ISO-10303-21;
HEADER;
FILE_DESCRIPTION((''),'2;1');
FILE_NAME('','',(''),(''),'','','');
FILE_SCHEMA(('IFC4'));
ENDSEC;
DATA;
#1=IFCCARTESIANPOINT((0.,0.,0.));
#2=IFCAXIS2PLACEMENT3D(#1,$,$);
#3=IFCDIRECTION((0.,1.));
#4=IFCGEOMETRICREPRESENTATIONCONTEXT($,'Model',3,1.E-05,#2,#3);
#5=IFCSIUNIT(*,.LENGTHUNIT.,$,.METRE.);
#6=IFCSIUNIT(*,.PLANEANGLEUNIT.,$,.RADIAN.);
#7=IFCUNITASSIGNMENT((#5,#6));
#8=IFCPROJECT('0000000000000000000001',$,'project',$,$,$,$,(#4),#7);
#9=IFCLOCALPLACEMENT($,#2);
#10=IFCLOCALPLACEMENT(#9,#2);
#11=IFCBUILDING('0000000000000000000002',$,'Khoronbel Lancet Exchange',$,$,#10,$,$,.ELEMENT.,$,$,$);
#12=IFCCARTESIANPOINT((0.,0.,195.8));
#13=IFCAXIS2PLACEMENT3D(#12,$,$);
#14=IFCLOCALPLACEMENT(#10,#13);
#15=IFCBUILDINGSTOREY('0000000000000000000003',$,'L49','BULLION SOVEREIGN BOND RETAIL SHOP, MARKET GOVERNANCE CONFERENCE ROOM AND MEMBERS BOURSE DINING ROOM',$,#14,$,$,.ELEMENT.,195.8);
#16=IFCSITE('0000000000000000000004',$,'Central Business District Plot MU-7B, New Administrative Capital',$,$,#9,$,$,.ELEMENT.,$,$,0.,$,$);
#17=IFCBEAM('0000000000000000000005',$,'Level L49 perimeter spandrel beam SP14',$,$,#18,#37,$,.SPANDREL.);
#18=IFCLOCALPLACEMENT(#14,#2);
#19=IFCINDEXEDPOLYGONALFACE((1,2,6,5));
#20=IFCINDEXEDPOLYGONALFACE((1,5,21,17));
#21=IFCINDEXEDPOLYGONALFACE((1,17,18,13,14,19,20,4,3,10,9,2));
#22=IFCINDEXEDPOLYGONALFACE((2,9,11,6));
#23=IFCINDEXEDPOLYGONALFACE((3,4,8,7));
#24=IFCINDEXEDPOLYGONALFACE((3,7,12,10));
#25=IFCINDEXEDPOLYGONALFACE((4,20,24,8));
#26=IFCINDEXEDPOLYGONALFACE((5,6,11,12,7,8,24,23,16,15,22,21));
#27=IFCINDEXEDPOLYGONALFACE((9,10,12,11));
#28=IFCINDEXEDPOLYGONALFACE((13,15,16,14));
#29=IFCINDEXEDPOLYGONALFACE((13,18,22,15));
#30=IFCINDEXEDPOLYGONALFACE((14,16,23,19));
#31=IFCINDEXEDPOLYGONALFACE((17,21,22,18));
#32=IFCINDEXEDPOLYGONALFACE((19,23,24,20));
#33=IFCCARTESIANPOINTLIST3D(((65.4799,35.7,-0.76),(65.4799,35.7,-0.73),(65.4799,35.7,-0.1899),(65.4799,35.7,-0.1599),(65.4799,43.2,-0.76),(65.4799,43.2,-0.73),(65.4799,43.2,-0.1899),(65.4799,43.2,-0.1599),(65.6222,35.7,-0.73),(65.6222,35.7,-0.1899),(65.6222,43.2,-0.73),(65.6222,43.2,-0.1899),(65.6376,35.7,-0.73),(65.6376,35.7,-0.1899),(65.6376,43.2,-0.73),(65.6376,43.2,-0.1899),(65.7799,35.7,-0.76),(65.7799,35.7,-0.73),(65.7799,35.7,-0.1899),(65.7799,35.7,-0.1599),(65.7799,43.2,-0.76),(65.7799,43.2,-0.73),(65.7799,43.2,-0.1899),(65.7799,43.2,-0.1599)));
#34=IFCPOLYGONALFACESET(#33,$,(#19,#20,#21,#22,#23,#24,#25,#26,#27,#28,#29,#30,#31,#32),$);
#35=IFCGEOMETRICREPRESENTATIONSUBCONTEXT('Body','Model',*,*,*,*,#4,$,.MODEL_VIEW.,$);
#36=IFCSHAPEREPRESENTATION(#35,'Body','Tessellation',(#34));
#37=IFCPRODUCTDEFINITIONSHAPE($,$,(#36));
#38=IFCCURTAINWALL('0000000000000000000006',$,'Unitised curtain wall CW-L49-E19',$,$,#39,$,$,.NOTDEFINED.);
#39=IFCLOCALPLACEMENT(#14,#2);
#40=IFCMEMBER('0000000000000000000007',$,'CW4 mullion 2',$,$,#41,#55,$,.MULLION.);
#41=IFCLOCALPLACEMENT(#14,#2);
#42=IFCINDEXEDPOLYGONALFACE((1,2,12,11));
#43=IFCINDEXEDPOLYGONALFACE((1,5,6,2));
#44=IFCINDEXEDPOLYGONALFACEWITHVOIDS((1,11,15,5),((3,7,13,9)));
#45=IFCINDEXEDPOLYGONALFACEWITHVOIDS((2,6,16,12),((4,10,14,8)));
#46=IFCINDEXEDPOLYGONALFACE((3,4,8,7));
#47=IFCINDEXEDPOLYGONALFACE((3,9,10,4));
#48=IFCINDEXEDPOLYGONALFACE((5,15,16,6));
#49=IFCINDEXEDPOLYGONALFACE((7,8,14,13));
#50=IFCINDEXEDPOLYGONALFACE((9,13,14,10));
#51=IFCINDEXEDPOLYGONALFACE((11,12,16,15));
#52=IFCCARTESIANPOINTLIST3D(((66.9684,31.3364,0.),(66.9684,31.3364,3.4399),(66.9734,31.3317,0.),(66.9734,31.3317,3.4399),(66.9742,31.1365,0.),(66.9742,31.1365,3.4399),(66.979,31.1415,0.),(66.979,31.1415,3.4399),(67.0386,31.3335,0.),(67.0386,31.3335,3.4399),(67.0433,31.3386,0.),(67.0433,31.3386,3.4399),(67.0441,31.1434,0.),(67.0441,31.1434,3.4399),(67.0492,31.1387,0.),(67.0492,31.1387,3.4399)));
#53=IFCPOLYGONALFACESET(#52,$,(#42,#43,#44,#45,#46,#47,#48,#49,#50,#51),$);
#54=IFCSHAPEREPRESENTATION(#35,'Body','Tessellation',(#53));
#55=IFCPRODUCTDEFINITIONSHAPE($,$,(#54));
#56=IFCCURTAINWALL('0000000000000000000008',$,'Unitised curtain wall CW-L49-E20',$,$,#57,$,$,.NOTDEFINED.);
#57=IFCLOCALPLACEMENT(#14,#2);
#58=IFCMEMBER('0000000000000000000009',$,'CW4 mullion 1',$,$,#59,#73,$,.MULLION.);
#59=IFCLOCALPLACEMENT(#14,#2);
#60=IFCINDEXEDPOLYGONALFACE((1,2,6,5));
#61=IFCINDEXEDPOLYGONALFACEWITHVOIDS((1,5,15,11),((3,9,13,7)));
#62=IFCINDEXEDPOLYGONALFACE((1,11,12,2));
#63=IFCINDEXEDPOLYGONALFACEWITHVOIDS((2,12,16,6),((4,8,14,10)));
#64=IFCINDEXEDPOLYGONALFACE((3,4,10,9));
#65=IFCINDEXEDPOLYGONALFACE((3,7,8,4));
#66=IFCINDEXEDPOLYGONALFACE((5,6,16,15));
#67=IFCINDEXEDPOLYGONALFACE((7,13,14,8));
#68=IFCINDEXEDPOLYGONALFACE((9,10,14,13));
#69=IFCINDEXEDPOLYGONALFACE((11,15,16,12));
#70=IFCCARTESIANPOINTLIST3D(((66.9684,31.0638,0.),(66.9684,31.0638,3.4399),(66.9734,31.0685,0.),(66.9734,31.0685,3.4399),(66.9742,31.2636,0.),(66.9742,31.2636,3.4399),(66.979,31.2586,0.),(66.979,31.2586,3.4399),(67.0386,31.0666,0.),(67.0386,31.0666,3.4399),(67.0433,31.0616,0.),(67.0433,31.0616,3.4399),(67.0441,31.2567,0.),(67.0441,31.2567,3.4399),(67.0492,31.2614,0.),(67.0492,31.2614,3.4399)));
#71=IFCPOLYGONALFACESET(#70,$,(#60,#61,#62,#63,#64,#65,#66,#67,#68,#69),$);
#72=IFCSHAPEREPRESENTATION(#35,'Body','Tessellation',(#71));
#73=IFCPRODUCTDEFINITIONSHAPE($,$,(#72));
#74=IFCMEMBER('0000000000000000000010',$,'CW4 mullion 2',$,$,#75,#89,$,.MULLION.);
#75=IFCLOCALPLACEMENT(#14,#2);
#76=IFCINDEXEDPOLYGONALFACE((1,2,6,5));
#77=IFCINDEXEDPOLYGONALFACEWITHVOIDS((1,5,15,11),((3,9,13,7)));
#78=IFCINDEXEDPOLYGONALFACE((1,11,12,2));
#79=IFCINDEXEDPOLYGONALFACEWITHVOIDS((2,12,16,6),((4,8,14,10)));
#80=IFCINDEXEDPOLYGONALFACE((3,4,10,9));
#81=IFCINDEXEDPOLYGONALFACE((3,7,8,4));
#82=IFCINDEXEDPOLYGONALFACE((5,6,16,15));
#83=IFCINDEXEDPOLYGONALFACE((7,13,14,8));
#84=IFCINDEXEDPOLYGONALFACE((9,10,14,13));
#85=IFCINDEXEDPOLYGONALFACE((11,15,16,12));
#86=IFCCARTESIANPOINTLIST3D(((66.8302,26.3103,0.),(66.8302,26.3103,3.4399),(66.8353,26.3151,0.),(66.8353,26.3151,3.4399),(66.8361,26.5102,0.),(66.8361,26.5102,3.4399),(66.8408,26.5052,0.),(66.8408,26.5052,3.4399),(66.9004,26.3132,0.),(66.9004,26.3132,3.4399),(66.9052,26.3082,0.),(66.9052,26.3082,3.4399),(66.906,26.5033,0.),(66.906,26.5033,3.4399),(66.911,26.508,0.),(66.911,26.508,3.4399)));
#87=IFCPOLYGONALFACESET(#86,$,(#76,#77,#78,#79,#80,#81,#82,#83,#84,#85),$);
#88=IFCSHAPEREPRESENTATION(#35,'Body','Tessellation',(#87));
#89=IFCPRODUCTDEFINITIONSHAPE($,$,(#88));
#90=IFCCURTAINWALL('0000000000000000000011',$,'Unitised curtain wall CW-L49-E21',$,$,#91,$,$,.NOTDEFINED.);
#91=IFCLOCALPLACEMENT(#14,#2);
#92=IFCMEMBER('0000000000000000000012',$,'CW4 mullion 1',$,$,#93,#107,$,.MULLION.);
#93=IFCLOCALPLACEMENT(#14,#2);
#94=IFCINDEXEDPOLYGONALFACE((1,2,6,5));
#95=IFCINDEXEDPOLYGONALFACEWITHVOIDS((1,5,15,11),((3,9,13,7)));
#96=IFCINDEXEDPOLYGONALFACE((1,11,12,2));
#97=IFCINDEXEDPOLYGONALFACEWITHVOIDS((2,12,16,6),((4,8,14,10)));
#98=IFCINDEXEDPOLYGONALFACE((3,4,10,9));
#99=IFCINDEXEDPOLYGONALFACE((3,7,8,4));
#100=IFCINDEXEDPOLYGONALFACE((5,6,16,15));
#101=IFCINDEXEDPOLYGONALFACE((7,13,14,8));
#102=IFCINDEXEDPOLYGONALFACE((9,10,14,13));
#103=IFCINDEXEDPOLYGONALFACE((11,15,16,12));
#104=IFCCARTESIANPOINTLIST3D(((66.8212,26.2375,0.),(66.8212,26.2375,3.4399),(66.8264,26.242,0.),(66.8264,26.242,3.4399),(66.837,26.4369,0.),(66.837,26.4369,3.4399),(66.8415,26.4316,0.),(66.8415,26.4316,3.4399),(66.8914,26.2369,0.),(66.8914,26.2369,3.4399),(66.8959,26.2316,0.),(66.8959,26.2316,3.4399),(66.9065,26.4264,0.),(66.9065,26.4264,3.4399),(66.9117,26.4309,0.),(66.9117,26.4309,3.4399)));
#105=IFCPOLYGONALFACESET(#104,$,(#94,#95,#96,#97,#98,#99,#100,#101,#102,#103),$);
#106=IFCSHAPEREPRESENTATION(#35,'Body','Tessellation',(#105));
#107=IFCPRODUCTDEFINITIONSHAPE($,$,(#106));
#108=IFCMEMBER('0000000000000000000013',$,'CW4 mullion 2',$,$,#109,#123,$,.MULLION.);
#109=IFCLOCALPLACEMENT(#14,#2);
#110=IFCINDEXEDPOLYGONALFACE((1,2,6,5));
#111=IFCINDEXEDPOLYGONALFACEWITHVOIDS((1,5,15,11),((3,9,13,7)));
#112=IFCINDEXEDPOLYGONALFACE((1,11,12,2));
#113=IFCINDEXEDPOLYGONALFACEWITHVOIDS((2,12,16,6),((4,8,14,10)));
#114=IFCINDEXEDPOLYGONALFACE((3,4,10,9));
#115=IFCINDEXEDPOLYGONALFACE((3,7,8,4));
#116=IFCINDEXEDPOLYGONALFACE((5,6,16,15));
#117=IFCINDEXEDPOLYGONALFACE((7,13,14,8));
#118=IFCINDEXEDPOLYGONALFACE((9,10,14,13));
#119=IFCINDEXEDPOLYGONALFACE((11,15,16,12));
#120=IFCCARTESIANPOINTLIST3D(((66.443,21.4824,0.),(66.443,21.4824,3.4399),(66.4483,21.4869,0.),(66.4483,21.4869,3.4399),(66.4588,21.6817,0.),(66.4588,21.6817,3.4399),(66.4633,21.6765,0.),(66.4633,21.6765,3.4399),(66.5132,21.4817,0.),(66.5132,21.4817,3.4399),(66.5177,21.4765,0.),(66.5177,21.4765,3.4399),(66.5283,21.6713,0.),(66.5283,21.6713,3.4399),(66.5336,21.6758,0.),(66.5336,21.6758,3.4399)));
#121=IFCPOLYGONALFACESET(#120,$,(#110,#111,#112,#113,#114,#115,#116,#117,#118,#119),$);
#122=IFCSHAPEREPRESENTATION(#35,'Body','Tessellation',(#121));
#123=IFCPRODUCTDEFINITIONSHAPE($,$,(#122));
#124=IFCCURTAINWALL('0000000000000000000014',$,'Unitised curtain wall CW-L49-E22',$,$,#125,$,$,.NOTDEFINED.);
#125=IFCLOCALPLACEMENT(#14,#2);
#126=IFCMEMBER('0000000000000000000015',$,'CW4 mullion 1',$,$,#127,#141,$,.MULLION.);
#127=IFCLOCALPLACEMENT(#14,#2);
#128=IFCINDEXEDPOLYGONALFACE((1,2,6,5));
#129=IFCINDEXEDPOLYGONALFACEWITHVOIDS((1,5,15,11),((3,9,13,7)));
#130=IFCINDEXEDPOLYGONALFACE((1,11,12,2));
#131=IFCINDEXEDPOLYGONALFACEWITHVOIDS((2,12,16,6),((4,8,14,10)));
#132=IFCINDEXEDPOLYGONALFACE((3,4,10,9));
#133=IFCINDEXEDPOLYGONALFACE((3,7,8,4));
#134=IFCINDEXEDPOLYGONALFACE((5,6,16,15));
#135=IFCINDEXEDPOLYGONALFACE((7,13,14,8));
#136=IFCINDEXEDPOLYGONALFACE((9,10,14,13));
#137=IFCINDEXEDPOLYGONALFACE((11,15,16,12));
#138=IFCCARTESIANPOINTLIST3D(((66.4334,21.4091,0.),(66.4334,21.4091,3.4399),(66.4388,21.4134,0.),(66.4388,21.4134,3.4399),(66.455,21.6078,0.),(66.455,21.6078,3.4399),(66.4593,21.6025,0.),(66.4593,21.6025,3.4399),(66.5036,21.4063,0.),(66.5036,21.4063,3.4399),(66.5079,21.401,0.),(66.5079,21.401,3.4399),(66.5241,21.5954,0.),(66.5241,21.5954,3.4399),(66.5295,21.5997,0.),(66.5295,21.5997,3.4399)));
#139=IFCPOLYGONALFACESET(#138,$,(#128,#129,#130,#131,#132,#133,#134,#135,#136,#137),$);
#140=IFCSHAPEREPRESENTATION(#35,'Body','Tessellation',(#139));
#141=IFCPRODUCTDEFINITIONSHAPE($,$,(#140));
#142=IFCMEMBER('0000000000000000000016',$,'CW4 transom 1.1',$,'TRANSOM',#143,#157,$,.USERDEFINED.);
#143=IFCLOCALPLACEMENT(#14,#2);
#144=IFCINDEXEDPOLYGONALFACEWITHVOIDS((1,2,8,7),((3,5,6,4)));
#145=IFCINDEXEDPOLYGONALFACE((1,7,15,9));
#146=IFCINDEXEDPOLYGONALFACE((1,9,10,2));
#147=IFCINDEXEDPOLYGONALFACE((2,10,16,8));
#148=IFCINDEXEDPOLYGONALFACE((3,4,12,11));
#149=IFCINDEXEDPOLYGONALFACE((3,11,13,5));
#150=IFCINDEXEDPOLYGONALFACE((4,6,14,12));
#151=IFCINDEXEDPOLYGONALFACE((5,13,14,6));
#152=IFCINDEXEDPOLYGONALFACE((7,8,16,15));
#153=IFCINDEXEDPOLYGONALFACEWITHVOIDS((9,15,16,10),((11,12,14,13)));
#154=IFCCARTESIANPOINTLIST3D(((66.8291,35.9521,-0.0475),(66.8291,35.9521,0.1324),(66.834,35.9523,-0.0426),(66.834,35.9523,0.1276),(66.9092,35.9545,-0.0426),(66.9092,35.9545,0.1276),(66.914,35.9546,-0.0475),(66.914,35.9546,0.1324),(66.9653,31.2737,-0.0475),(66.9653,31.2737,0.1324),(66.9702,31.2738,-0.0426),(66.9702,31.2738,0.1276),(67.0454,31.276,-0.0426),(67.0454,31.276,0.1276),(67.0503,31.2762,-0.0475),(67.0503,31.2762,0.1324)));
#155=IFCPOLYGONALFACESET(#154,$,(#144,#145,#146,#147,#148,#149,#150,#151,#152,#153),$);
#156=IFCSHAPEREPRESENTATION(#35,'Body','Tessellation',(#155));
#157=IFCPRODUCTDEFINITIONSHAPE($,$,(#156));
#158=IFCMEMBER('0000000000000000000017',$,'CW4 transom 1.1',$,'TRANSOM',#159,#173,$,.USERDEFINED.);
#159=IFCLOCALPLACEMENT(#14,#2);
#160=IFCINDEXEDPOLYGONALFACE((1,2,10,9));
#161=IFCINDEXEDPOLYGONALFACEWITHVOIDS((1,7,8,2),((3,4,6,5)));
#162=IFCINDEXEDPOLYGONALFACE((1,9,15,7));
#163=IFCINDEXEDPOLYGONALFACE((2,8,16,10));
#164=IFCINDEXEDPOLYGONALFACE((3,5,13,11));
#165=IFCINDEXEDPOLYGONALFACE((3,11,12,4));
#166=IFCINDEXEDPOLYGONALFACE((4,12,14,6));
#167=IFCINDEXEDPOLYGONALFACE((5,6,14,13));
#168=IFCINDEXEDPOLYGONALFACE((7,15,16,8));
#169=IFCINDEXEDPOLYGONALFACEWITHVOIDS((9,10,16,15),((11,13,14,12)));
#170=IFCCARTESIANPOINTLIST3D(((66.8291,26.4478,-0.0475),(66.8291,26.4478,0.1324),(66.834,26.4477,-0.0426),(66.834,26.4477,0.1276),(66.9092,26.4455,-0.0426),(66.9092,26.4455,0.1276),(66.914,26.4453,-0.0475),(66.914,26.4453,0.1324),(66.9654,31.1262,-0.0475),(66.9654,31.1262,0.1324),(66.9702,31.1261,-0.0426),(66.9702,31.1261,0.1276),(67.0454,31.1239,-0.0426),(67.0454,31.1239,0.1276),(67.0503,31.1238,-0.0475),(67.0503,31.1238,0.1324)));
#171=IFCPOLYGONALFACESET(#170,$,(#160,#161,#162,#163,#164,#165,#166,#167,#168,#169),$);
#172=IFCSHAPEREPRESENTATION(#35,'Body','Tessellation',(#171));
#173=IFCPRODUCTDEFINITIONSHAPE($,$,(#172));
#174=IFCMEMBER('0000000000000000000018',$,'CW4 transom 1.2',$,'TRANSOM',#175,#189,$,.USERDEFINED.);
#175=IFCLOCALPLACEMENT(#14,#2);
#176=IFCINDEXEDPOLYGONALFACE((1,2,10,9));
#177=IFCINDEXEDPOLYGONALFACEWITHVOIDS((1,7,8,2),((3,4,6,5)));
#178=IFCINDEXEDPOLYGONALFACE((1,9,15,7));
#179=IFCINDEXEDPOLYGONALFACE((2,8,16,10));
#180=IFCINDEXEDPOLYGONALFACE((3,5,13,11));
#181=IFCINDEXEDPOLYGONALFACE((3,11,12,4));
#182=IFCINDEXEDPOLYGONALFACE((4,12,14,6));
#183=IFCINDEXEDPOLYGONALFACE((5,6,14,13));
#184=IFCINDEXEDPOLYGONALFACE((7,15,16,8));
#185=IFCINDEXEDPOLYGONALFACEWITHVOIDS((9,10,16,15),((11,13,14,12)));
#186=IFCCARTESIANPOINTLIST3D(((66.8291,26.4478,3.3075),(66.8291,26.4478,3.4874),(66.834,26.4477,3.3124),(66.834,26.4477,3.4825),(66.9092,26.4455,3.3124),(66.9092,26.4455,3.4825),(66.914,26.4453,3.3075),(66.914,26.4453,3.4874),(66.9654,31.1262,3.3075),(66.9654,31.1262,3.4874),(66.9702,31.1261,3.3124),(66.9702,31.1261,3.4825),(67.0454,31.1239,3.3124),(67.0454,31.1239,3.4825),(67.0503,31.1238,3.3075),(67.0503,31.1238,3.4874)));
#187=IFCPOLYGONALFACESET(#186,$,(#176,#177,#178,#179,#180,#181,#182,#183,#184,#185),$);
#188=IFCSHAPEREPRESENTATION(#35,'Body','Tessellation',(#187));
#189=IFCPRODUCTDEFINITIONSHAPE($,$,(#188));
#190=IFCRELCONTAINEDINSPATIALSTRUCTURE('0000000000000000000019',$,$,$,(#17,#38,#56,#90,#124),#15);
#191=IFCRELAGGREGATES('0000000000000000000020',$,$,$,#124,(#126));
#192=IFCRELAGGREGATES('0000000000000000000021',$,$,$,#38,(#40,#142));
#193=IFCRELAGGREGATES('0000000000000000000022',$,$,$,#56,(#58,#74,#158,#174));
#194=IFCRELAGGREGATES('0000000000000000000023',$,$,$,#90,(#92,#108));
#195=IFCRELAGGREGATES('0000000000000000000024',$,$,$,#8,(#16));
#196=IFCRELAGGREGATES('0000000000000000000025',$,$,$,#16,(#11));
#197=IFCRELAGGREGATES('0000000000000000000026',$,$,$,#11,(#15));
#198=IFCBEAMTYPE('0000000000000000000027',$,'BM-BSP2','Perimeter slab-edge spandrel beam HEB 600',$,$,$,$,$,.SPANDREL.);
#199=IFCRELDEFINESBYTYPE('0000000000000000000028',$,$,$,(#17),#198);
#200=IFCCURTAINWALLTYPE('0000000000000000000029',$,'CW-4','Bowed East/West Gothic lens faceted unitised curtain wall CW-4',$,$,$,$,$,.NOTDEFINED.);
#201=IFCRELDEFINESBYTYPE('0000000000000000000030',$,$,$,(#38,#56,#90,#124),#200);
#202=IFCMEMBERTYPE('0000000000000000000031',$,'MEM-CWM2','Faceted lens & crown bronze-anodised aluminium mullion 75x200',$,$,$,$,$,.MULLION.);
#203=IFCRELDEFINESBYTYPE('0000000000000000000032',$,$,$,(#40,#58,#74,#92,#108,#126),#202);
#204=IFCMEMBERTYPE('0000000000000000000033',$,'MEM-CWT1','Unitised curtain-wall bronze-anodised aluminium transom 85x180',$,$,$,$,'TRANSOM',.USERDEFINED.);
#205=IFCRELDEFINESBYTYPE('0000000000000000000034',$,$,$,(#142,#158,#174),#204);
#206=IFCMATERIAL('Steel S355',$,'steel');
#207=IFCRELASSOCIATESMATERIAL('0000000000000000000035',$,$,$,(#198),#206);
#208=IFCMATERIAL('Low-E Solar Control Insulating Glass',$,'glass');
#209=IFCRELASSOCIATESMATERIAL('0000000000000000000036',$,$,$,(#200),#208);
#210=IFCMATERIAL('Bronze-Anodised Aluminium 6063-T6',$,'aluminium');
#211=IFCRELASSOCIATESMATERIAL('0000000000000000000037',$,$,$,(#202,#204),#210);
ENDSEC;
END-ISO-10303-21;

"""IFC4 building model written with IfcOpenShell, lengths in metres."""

from ifc_helpers import new_model, si_unit, direction, frame, origin, origin_2d, place, context, subcontext, project, spatial, hollow_rectangle, i_section, extrude, material, material_profile, profile_set, type_object, element, aggregate, save


model = new_model("IFC4")

# Units and contexts
model_context = context("Model", 3, precision=1e-05, world=origin(), true_north=direction((0.0, 1.0)))
body_context = subcontext(model_context, "Body", "Model", "MODEL_VIEW")
ifc_project = project(units=[si_unit("LENGTHUNIT", "METRE"), si_unit("PLANEANGLEUNIT", "RADIAN")], contexts=[model_context])

# Site, building, storey
site_placement = place(None, origin())
site = spatial("IfcSite", under=ifc_project, at=site_placement, Name="Central Business District Plot MU-7B, New Administrative Capital", CompositionType="ELEMENT", RefElevation=0.0)
building_placement = place(site_placement, origin())
building = spatial("IfcBuilding", under=site, at=building_placement, Name="Khoronbel Lancet Exchange", CompositionType="ELEMENT")
storey_placement = place(building_placement, frame((0.0, 0.0, 195.8)))
storey = spatial("IfcBuildingStorey", under=building, at=storey_placement, Name="L49", Description="BULLION SOVEREIGN BOND RETAIL SHOP, MARKET GOVERNANCE CONFERENCE ROOM AND MEMBERS BOURSE DINING ROOM", CompositionType="ELEMENT", Elevation=195.8)

# Shared definitions
ifc_material_1 = material(Name="Steel S355", Category="steel")

# Beam
ifc_material_profile_1 = material_profile(ifc_material_1, i_section(OverallWidth=0.3, OverallDepth=0.6001, WebThickness=0.0154, FlangeThickness=0.03, at=origin_2d()), Name="HEB 600")
ifc_profile_set_1 = profile_set([ifc_material_profile_1], Name="Steel S355")
beam_type_1 = type_object("IfcBeamType", Name="BM-BSP2", Description="Perimeter slab-edge spandrel beam HEB 600", PredefinedType="SPANDREL", material=ifc_profile_set_1)
beam_1_placement = place(storey_placement, frame((65.6299, 35.7, -0.46), z_axis=(0.0, 1.0, 0.0), x_axis=(-1.0, 0.0, 0.0)))
element("IfcBeam", 1, at=beam_1_placement, inside=storey, type_object=beam_type_1, Name="Level L49 perimeter spandrel beam SP14", PredefinedType="SPANDREL", context=body_context, shape_type="SweptSolid", body=[
    extrude(i_section(OverallWidth=0.3, OverallDepth=0.6001, WebThickness=0.0154, FlangeThickness=0.03, at=origin_2d()), origin(), (0.0, 0.0, 1.0), 7.5),
])

# Curtain wall, member
ifc_material_2 = material(Name="Low-E Solar Control Insulating Glass", Category="glass")
curtain_wall_type = type_object("IfcCurtainWallType", Name="CW-4", Description="Bowed East/West Gothic lens faceted unitised curtain wall CW-4", PredefinedType="NOTDEFINED", material=ifc_material_2)
curtain_wall_1_placement = place(storey_placement, origin())
curtain_wall_1 = element("IfcCurtainWall", 2, at=curtain_wall_1_placement, inside=storey, type_object=curtain_wall_type, Name="Unitised curtain wall CW-L49-E19", PredefinedType="NOTDEFINED")
ifc_material_3 = material(Name="Bronze-Anodised Aluminium 6063-T6", Category="aluminium")
ifc_material_profile_2 = material_profile(ifc_material_3, hollow_rectangle(XDim=0.075, YDim=0.2, WallThickness=0.0049, at=origin_2d()), Name="ALU MULLION 75x200")
ifc_profile_set_2 = profile_set([ifc_material_profile_2], Name="Bronze-Anodised Aluminium 6063-T6")
member_type_1 = type_object("IfcMemberType", Name="MEM-CWM2", Description="Faceted lens & crown bronze-anodised aluminium mullion 75x200", PredefinedType="MULLION", material=ifc_profile_set_2)
member_1_placement = place(storey_placement, frame((67.0088, 31.2375, 0.0), z_axis=(0.0, 0.0, 1.0), x_axis=(0.999576, 0.029107, 0.0)))
member_1 = element("IfcMember", 3, at=member_1_placement, type_object=member_type_1, Name="CW4 mullion 2", PredefinedType="MULLION", context=body_context, shape_type="SweptSolid", body=[
    extrude(hollow_rectangle(XDim=0.075, YDim=0.2, WallThickness=0.0049, at=origin_2d()), origin(), (0.0, 0.0, 1.0), 3.4399),
])

# Curtain walls, members
curtain_wall_2_placement = place(storey_placement, origin())
curtain_wall_2 = element("IfcCurtainWall", 4, at=curtain_wall_2_placement, inside=storey, type_object=curtain_wall_type, Name="Unitised curtain wall CW-L49-E20", PredefinedType="NOTDEFINED")
member_2_placement = place(storey_placement, frame((67.0088, 31.1626, 0.0), z_axis=(0.0, 0.0, 1.0), x_axis=(0.999576, -0.029107, 0.0)))
member_2 = element("IfcMember", 5, at=member_2_placement, type_object=member_type_1, Name="CW4 mullion 1", PredefinedType="MULLION", context=body_context, shape_type="SweptSolid", body=[
    extrude(hollow_rectangle(XDim=0.075, YDim=0.2, WallThickness=0.0049, at=origin_2d()), origin(), (0.0, 0.0, 1.0), 3.4399),
])
member_3_placement = place(storey_placement, frame((66.8706, 26.4092, 0.0), z_axis=(0.0, 0.0, 1.0), x_axis=(0.999576, -0.029107, 0.0)))
member_3 = element("IfcMember", 6, at=member_3_placement, type_object=member_type_1, Name="CW4 mullion 2", PredefinedType="MULLION", context=body_context, shape_type="SweptSolid", body=[
    extrude(hollow_rectangle(XDim=0.075, YDim=0.2, WallThickness=0.0049, at=origin_2d()), origin(), (0.0, 0.0, 1.0), 3.4399),
])
curtain_wall_3_placement = place(storey_placement, origin())
curtain_wall_3 = element("IfcCurtainWall", 7, at=curtain_wall_3_placement, inside=storey, type_object=curtain_wall_type, Name="Unitised curtain wall CW-L49-E21", PredefinedType="NOTDEFINED")
member_4_placement = place(storey_placement, frame((66.8665, 26.3342, 0.0), z_axis=(0.0, 0.0, 1.0), x_axis=(0.996854, -0.079255, 0.0)))
member_4 = element("IfcMember", 8, at=member_4_placement, type_object=member_type_1, Name="CW4 mullion 1", PredefinedType="MULLION", context=body_context, shape_type="SweptSolid", body=[
    extrude(hollow_rectangle(XDim=0.075, YDim=0.2, WallThickness=0.0049, at=origin_2d()), origin(), (0.0, 0.0, 1.0), 3.4399),
])
member_5_placement = place(storey_placement, frame((66.4883, 21.5791, 0.0), z_axis=(0.0, 0.0, 1.0), x_axis=(0.996854, -0.079255, 0.0)))
member_5 = element("IfcMember", 9, at=member_5_placement, type_object=member_type_1, Name="CW4 mullion 2", PredefinedType="MULLION", context=body_context, shape_type="SweptSolid", body=[
    extrude(hollow_rectangle(XDim=0.075, YDim=0.2, WallThickness=0.0049, at=origin_2d()), origin(), (0.0, 0.0, 1.0), 3.4399),
])

# Curtain wall, member
curtain_wall_4_placement = place(storey_placement, origin())
curtain_wall_4 = element("IfcCurtainWall", 10, at=curtain_wall_4_placement, inside=storey, type_object=curtain_wall_type, Name="Unitised curtain wall CW-L49-E22", PredefinedType="NOTDEFINED")
member_6_placement = place(storey_placement, frame((66.4814, 21.5044, 0.0), z_axis=(0.0, 0.0, 1.0), x_axis=(0.994152, -0.10799, 0.0)))
member_6 = element("IfcMember", 11, at=member_6_placement, type_object=member_type_1, Name="CW4 mullion 1", PredefinedType="MULLION", context=body_context, shape_type="SweptSolid", body=[
    extrude(hollow_rectangle(XDim=0.075, YDim=0.2, WallThickness=0.0049, at=origin_2d()), origin(), (0.0, 0.0, 1.0), 3.4399),
])
aggregate(curtain_wall_4, [member_6])

# Members
ifc_material_profile_3 = material_profile(ifc_material_3, hollow_rectangle(XDim=0.085, YDim=0.1799, WallThickness=0.0049, at=origin_2d()), Name="ALU TRANSOM 85x180")
ifc_profile_set_3 = profile_set([ifc_material_profile_3], Name="Bronze-Anodised Aluminium 6063-T6")
member_type_2 = type_object("IfcMemberType", Name="MEM-CWT1", Description="Unitised curtain-wall bronze-anodised aluminium transom 85x180", ElementType="TRANSOM", PredefinedType="USERDEFINED", material=ifc_profile_set_3)
member_7_placement = place(storey_placement, frame((66.8716, 35.9534, 0.0425), z_axis=(0.029106, -0.999576, 0.0), x_axis=(0.999576, 0.029106, 0.0)))
member_7 = element("IfcMember", 12, at=member_7_placement, type_object=member_type_2, Name="CW4 transom 1.1", ObjectType="TRANSOM", PredefinedType="USERDEFINED", context=body_context, shape_type="SweptSolid", body=[
    extrude(hollow_rectangle(XDim=0.085, YDim=0.1799, WallThickness=0.0049, at=origin_2d()), origin(), (0.0, 0.0, 1.0), 4.6804),
])
member_8_placement = place(storey_placement, frame((67.0078, 31.125, 0.0425), z_axis=(-0.029106, -0.999576, 0.0), x_axis=(0.999576, -0.029106, 0.0)))
member_8 = element("IfcMember", 13, at=member_8_placement, type_object=member_type_2, Name="CW4 transom 1.1", ObjectType="TRANSOM", PredefinedType="USERDEFINED", context=body_context, shape_type="SweptSolid", body=[
    extrude(hollow_rectangle(XDim=0.085, YDim=0.1799, WallThickness=0.0049, at=origin_2d()), origin(), (0.0, 0.0, 1.0), 4.6804),
])
member_9_placement = place(storey_placement, frame((67.0078, 31.125, 3.3975), z_axis=(-0.029106, -0.999576, 0.0), x_axis=(0.999576, -0.029106, 0.0)))
member_9 = element("IfcMember", 14, at=member_9_placement, type_object=member_type_2, Name="CW4 transom 1.2", ObjectType="TRANSOM", PredefinedType="USERDEFINED", context=body_context, shape_type="SweptSolid", body=[
    extrude(hollow_rectangle(XDim=0.085, YDim=0.1799, WallThickness=0.0049, at=origin_2d()), origin(), (0.0, 0.0, 1.0), 4.6804),
])

aggregate(curtain_wall_1, [member_1, member_7])
aggregate(curtain_wall_2, [member_2, member_3, member_8, member_9])
aggregate(curtain_wall_3, [member_4, member_5])

save(model, "model.ifc")
